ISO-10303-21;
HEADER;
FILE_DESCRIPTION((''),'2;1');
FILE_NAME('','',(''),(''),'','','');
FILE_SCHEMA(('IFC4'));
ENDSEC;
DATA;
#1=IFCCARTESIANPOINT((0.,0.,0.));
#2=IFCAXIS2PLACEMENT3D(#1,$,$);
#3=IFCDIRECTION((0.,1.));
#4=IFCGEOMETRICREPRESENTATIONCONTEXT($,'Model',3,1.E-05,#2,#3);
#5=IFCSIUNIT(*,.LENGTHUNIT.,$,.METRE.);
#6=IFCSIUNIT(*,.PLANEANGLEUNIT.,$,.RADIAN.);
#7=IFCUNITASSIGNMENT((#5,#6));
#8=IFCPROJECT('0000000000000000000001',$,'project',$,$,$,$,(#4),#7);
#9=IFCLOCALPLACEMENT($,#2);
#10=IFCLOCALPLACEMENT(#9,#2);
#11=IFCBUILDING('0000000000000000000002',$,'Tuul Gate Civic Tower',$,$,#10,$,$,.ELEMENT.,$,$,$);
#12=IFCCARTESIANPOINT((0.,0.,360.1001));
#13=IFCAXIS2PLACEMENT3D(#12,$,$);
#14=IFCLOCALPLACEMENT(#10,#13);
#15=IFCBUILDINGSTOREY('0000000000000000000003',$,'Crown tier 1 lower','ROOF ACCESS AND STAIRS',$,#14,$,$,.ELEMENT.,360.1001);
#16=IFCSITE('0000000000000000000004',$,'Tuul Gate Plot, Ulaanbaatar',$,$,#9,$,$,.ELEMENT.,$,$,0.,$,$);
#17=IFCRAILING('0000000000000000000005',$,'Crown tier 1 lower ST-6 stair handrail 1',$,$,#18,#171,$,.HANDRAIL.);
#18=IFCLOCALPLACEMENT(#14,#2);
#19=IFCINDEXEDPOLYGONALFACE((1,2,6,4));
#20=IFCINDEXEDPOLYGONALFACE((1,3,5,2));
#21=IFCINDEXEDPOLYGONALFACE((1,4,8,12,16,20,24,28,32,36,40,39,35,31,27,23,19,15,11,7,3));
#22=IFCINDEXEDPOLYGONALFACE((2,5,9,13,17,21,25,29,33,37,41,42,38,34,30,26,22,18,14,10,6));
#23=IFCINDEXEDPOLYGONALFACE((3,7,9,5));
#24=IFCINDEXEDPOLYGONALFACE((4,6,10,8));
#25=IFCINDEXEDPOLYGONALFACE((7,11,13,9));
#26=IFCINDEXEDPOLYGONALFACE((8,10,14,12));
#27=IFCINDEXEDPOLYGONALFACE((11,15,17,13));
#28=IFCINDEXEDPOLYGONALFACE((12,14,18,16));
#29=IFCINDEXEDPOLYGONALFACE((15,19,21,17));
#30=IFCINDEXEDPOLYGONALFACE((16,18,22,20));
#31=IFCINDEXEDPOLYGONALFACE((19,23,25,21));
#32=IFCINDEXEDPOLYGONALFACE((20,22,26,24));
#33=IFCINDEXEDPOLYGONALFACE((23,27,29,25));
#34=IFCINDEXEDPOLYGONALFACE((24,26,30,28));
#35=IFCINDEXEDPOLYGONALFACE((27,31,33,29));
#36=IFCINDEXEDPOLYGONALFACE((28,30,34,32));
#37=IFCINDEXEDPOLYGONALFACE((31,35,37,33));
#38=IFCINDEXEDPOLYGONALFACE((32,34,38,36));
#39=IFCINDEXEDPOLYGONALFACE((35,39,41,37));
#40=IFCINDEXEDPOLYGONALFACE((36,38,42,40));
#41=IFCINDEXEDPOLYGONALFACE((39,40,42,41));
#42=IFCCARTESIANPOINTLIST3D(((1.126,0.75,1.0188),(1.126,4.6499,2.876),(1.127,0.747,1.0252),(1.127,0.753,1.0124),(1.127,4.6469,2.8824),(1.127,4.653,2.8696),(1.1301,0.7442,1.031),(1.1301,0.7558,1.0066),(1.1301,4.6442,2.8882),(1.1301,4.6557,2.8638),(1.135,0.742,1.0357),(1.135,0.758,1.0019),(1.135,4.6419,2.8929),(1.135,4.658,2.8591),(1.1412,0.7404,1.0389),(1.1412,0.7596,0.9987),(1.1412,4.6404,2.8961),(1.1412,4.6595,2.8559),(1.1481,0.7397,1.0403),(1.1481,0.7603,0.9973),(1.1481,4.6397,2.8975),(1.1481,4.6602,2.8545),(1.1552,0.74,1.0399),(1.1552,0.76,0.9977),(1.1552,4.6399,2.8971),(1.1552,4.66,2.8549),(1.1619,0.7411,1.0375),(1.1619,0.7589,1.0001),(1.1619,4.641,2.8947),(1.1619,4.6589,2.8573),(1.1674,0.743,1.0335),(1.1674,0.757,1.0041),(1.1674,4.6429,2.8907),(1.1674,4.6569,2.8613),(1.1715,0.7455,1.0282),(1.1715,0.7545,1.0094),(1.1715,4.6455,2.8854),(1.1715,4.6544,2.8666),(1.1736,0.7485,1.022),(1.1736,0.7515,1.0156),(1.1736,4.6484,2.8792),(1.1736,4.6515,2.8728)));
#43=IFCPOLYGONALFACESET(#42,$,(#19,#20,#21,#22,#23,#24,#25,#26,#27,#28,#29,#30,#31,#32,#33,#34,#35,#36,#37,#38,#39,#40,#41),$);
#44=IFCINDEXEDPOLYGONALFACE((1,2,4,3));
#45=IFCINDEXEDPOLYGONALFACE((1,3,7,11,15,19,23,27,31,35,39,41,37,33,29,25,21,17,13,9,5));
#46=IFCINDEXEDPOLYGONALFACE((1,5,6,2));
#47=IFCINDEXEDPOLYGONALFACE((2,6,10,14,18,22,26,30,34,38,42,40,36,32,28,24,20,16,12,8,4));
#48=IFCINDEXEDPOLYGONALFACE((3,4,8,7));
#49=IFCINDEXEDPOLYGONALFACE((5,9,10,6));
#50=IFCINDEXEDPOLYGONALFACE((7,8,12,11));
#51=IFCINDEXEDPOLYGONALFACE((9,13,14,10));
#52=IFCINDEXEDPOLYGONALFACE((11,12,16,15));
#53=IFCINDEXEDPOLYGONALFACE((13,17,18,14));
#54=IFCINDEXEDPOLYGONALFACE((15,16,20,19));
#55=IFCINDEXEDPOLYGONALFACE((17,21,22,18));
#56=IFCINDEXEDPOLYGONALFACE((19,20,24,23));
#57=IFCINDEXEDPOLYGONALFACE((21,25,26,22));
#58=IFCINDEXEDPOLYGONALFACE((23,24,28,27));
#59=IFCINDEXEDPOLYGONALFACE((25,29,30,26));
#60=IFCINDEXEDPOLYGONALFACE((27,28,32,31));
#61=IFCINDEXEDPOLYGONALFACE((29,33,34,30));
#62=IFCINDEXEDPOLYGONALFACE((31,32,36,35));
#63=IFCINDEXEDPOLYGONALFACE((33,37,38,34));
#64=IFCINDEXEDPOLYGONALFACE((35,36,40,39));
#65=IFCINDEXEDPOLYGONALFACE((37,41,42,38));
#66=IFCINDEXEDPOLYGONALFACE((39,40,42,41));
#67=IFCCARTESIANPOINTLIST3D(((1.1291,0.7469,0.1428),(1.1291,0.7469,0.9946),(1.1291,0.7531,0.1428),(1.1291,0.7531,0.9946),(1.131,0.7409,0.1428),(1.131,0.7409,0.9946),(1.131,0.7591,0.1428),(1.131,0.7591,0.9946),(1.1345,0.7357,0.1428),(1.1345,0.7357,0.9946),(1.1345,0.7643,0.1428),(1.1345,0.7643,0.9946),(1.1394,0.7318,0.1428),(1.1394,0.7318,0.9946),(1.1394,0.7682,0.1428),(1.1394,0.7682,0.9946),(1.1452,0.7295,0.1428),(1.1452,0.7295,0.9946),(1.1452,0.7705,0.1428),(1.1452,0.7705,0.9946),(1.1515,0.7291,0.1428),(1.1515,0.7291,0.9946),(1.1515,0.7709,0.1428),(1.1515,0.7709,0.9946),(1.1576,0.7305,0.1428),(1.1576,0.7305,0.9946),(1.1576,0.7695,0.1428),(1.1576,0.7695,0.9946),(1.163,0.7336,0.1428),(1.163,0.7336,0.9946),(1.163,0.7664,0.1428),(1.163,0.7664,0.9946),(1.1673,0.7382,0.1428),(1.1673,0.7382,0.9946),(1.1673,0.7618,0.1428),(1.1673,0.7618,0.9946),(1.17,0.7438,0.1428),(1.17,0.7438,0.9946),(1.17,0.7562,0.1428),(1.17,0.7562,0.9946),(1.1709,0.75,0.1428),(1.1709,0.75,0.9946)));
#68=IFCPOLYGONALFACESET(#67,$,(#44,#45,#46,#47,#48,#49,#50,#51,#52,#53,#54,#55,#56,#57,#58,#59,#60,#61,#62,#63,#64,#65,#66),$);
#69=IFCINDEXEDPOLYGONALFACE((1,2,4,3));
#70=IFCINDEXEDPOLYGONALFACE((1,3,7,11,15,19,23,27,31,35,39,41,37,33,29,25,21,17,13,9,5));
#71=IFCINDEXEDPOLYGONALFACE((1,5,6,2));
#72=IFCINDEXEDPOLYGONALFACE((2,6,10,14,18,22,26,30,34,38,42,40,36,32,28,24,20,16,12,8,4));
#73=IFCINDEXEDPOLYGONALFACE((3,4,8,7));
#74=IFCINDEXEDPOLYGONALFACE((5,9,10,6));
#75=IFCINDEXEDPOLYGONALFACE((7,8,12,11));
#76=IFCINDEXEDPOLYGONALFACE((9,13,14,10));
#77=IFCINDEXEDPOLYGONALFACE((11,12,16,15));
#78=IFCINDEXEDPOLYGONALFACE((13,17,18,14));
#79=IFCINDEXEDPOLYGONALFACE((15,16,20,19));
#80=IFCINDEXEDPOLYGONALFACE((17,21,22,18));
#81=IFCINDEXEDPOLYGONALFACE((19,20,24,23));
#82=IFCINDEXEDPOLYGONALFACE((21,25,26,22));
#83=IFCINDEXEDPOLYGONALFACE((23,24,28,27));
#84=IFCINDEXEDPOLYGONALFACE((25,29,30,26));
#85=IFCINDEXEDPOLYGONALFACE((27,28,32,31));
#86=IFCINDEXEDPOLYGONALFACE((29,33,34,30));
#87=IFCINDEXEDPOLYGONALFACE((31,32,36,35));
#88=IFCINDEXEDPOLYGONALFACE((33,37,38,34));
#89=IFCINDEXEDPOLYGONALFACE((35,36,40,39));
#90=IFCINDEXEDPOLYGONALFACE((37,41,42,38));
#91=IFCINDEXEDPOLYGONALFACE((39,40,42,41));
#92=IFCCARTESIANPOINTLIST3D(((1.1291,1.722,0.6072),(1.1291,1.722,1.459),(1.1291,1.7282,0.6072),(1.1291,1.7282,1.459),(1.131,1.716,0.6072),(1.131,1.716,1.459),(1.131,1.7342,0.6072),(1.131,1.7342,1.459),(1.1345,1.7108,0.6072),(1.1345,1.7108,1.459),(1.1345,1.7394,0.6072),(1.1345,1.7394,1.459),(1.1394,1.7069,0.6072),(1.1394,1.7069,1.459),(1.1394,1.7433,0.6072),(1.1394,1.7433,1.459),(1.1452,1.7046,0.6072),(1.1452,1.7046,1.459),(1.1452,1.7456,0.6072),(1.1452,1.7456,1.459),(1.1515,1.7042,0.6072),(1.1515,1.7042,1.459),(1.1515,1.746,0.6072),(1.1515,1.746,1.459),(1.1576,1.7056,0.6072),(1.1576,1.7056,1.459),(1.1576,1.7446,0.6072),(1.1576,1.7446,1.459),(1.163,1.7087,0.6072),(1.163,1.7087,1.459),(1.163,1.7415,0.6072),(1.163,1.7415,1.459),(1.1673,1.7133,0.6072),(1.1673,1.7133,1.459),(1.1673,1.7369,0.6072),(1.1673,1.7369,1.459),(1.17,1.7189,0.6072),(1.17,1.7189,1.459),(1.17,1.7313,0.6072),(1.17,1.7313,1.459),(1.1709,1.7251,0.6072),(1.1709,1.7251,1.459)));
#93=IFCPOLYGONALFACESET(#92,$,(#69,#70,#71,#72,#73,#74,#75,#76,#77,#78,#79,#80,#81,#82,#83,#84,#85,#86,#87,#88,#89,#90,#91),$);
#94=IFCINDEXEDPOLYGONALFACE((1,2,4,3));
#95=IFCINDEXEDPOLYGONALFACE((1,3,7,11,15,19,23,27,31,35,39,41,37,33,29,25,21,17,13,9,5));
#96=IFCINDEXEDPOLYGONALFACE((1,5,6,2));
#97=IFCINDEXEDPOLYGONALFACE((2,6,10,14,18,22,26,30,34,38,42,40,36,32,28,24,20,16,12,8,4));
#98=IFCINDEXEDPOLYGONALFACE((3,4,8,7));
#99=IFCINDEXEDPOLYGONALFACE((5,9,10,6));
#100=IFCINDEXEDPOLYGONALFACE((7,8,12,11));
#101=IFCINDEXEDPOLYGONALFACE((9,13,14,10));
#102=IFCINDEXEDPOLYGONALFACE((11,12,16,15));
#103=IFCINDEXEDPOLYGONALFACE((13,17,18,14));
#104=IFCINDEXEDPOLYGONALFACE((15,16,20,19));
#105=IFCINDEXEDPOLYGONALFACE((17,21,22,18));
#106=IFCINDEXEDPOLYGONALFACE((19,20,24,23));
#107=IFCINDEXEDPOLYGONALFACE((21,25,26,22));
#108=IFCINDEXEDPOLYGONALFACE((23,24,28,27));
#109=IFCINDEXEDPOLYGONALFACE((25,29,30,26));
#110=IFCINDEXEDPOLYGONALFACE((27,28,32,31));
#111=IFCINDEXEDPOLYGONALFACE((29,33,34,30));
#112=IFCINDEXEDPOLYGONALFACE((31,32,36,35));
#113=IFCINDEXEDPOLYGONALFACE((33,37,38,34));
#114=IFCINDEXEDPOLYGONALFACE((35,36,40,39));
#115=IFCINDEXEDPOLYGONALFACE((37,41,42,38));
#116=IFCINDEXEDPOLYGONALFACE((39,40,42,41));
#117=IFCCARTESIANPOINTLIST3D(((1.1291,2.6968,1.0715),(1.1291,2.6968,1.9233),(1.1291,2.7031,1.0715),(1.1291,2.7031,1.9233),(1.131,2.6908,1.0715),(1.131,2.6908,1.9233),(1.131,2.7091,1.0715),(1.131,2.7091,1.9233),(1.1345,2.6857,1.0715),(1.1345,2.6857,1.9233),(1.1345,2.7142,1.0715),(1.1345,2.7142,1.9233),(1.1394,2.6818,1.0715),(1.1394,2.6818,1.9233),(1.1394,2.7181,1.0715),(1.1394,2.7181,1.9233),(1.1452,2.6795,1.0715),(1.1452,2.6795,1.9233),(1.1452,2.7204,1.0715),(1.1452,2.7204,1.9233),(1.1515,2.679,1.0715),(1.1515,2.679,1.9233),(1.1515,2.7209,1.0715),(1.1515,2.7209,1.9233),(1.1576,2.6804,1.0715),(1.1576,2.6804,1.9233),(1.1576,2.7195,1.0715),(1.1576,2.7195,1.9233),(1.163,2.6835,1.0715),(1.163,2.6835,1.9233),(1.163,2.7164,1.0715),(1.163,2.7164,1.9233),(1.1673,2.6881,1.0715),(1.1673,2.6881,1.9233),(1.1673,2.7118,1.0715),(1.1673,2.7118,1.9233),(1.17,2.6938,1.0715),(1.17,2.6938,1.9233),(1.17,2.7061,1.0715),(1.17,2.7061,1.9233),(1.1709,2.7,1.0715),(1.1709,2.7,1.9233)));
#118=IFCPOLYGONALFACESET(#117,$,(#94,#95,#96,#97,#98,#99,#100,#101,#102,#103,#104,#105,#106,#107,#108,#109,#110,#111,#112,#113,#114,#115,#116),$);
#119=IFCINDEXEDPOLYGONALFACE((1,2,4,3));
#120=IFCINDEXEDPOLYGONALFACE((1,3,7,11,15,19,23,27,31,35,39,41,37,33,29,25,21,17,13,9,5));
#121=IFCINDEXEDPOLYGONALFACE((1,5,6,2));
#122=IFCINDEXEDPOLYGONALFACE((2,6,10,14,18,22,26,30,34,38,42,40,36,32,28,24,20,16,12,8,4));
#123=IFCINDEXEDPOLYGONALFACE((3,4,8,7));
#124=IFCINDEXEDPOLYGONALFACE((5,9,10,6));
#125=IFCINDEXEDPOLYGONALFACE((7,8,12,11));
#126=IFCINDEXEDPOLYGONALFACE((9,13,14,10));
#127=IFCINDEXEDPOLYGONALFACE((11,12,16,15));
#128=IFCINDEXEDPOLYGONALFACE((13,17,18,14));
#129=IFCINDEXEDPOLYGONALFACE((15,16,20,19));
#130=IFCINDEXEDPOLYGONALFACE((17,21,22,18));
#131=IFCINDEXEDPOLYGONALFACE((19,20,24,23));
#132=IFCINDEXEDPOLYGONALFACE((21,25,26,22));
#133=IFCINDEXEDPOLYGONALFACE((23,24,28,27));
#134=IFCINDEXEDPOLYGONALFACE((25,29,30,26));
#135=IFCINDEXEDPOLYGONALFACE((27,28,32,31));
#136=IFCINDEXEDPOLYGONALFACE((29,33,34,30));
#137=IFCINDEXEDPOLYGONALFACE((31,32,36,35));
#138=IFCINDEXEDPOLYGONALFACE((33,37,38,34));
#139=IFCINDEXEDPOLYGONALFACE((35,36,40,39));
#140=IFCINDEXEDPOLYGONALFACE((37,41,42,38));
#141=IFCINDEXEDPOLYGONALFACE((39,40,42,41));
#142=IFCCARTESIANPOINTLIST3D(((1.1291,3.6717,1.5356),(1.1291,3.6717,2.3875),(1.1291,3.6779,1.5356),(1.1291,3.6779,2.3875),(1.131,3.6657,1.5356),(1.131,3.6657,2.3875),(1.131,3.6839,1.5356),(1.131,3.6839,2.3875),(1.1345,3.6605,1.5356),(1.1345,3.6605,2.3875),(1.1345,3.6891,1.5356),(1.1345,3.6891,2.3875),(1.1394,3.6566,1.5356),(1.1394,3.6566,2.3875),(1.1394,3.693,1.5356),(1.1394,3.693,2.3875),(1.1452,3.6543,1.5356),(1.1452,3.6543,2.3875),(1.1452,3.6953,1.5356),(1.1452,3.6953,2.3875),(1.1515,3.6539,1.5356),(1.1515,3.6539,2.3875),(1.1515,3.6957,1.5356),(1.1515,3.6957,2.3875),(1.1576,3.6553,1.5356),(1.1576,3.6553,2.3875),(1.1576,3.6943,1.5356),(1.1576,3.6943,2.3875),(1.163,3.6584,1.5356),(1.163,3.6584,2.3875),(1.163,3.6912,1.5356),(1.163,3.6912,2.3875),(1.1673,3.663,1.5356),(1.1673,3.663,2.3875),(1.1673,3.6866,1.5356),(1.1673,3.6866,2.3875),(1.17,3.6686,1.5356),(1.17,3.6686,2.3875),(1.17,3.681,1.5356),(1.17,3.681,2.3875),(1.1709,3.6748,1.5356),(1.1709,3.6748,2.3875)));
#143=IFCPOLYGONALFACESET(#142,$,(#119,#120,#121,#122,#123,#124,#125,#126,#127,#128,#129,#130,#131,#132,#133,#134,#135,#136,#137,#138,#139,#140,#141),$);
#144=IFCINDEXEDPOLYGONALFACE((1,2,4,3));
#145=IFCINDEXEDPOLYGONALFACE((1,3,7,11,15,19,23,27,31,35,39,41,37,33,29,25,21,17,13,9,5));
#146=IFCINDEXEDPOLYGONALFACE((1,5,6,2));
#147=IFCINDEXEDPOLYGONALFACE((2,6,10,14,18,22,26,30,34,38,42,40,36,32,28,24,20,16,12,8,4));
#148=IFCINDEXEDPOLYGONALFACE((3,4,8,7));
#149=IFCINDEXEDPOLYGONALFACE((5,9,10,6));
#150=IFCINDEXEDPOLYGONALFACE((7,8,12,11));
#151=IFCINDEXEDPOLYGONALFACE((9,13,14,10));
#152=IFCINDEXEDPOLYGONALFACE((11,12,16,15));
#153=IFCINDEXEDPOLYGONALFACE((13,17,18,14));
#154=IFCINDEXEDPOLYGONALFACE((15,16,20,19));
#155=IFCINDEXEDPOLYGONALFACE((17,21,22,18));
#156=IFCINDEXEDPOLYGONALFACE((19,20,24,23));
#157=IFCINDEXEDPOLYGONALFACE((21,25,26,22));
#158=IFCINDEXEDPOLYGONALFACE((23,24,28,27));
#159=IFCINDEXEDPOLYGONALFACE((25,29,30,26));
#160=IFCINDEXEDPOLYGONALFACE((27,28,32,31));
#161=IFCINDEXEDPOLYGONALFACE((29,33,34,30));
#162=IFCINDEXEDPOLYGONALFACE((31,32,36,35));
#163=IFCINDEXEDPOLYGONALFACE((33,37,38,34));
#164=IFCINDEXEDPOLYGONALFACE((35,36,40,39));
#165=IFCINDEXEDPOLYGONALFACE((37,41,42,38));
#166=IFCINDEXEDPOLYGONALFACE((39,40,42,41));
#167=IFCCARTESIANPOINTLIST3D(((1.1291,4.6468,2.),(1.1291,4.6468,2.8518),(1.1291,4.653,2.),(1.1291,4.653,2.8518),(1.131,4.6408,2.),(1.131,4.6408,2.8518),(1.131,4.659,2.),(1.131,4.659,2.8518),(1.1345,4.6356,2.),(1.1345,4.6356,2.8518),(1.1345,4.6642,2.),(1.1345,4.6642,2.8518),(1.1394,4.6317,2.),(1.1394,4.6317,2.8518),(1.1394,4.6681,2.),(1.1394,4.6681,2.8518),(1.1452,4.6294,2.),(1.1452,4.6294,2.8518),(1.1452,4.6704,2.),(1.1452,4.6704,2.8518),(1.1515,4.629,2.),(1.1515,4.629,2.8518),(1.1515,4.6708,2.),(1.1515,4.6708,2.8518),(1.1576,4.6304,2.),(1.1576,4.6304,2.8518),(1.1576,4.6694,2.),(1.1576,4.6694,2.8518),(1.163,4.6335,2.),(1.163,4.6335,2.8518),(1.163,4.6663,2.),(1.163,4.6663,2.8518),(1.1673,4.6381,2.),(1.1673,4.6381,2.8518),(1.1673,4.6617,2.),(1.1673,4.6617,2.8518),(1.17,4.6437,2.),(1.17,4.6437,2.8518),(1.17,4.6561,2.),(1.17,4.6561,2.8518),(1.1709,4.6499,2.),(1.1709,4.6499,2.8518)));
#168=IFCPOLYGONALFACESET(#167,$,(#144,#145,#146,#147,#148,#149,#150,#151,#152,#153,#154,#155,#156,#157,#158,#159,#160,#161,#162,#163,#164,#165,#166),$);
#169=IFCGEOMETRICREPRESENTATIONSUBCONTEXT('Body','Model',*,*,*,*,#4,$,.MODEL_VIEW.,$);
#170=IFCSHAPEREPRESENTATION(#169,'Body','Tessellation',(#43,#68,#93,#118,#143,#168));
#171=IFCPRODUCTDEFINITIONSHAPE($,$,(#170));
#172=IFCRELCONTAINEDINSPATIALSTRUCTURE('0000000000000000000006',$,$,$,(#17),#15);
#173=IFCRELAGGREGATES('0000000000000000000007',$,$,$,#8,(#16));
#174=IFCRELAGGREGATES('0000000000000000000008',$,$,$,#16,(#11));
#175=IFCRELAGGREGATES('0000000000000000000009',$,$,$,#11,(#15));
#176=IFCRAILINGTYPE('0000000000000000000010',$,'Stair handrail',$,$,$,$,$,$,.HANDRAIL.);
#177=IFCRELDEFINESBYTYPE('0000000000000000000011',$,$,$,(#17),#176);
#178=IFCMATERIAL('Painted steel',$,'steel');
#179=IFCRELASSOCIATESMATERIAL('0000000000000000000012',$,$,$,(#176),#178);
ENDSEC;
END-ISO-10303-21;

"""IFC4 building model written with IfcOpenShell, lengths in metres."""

from ifc_helpers import new_model, si_unit, direction, frame, origin, origin_2d, place, context, subcontext, project, spatial, circle, extrude, material, type_object, element, save


model = new_model("IFC4")

# Units and contexts
model_context = context("Model", 3, precision=1e-05, world=origin(), true_north=direction((0.0, 1.0)))
body_context = subcontext(model_context, "Body", "Model", "MODEL_VIEW")
ifc_project = project(units=[si_unit("LENGTHUNIT", "METRE"), si_unit("PLANEANGLEUNIT", "RADIAN")], contexts=[model_context])

# Site, building, storey
site_placement = place(None, origin())
site = spatial("IfcSite", under=ifc_project, at=site_placement, Name="Tuul Gate Plot, Ulaanbaatar", CompositionType="ELEMENT", RefElevation=0.0)
building_placement = place(site_placement, origin())
building = spatial("IfcBuilding", under=site, at=building_placement, Name="Tuul Gate Civic Tower", CompositionType="ELEMENT")
storey_placement = place(building_placement, frame((0.0, 0.0, 360.1001)))
storey = spatial("IfcBuildingStorey", under=building, at=storey_placement, Name="Crown tier 1 lower", Description="ROOF ACCESS AND STAIRS", CompositionType="ELEMENT", Elevation=360.1001)

# Railing
ifc_material_1 = material(Name="Painted steel", Category="steel")
railing_type_1 = type_object("IfcRailingType", Name="Stair handrail", PredefinedType="HANDRAIL", material=ifc_material_1)
railing_1_placement = place(storey_placement, frame((1.1499, 0.75, 0.1428)))
element("IfcRailing", 1, at=railing_1_placement, inside=storey, type_object=railing_type_1, Name="Crown tier 1 lower ST-6 stair handrail 1", PredefinedType="HANDRAIL", context=body_context, shape_type="SweptSolid", body=[
    extrude(circle(Radius=0.0239, at=origin_2d()), frame((0.0, 0.0, 0.876), z_axis=(0.0, 0.902853, 0.429949), x_axis=(-1.0, 0.0, 0.0)), (0.0, 0.0, 1.0), 4.3196),
    extrude(circle(Radius=0.021, at=origin_2d()), origin(), (0.0, 0.0, 1.0), 0.8518),
    extrude(circle(Radius=0.021, at=origin_2d()), frame((0.0, 0.9751, 0.4644)), (0.0, 0.0, 1.0), 0.8518),
    extrude(circle(Radius=0.021, at=origin_2d()), frame((0.0, 1.95, 0.9287)), (0.0, 0.0, 1.0), 0.8518),
    extrude(circle(Radius=0.021, at=origin_2d()), frame((0.0, 2.9248, 1.3928)), (0.0, 0.0, 1.0), 0.8518),
    extrude(circle(Radius=0.021, at=origin_2d()), frame((0.0, 3.8999, 1.8572)), (0.0, 0.0, 1.0), 0.8518),
])

save(model, "model.ifc")
